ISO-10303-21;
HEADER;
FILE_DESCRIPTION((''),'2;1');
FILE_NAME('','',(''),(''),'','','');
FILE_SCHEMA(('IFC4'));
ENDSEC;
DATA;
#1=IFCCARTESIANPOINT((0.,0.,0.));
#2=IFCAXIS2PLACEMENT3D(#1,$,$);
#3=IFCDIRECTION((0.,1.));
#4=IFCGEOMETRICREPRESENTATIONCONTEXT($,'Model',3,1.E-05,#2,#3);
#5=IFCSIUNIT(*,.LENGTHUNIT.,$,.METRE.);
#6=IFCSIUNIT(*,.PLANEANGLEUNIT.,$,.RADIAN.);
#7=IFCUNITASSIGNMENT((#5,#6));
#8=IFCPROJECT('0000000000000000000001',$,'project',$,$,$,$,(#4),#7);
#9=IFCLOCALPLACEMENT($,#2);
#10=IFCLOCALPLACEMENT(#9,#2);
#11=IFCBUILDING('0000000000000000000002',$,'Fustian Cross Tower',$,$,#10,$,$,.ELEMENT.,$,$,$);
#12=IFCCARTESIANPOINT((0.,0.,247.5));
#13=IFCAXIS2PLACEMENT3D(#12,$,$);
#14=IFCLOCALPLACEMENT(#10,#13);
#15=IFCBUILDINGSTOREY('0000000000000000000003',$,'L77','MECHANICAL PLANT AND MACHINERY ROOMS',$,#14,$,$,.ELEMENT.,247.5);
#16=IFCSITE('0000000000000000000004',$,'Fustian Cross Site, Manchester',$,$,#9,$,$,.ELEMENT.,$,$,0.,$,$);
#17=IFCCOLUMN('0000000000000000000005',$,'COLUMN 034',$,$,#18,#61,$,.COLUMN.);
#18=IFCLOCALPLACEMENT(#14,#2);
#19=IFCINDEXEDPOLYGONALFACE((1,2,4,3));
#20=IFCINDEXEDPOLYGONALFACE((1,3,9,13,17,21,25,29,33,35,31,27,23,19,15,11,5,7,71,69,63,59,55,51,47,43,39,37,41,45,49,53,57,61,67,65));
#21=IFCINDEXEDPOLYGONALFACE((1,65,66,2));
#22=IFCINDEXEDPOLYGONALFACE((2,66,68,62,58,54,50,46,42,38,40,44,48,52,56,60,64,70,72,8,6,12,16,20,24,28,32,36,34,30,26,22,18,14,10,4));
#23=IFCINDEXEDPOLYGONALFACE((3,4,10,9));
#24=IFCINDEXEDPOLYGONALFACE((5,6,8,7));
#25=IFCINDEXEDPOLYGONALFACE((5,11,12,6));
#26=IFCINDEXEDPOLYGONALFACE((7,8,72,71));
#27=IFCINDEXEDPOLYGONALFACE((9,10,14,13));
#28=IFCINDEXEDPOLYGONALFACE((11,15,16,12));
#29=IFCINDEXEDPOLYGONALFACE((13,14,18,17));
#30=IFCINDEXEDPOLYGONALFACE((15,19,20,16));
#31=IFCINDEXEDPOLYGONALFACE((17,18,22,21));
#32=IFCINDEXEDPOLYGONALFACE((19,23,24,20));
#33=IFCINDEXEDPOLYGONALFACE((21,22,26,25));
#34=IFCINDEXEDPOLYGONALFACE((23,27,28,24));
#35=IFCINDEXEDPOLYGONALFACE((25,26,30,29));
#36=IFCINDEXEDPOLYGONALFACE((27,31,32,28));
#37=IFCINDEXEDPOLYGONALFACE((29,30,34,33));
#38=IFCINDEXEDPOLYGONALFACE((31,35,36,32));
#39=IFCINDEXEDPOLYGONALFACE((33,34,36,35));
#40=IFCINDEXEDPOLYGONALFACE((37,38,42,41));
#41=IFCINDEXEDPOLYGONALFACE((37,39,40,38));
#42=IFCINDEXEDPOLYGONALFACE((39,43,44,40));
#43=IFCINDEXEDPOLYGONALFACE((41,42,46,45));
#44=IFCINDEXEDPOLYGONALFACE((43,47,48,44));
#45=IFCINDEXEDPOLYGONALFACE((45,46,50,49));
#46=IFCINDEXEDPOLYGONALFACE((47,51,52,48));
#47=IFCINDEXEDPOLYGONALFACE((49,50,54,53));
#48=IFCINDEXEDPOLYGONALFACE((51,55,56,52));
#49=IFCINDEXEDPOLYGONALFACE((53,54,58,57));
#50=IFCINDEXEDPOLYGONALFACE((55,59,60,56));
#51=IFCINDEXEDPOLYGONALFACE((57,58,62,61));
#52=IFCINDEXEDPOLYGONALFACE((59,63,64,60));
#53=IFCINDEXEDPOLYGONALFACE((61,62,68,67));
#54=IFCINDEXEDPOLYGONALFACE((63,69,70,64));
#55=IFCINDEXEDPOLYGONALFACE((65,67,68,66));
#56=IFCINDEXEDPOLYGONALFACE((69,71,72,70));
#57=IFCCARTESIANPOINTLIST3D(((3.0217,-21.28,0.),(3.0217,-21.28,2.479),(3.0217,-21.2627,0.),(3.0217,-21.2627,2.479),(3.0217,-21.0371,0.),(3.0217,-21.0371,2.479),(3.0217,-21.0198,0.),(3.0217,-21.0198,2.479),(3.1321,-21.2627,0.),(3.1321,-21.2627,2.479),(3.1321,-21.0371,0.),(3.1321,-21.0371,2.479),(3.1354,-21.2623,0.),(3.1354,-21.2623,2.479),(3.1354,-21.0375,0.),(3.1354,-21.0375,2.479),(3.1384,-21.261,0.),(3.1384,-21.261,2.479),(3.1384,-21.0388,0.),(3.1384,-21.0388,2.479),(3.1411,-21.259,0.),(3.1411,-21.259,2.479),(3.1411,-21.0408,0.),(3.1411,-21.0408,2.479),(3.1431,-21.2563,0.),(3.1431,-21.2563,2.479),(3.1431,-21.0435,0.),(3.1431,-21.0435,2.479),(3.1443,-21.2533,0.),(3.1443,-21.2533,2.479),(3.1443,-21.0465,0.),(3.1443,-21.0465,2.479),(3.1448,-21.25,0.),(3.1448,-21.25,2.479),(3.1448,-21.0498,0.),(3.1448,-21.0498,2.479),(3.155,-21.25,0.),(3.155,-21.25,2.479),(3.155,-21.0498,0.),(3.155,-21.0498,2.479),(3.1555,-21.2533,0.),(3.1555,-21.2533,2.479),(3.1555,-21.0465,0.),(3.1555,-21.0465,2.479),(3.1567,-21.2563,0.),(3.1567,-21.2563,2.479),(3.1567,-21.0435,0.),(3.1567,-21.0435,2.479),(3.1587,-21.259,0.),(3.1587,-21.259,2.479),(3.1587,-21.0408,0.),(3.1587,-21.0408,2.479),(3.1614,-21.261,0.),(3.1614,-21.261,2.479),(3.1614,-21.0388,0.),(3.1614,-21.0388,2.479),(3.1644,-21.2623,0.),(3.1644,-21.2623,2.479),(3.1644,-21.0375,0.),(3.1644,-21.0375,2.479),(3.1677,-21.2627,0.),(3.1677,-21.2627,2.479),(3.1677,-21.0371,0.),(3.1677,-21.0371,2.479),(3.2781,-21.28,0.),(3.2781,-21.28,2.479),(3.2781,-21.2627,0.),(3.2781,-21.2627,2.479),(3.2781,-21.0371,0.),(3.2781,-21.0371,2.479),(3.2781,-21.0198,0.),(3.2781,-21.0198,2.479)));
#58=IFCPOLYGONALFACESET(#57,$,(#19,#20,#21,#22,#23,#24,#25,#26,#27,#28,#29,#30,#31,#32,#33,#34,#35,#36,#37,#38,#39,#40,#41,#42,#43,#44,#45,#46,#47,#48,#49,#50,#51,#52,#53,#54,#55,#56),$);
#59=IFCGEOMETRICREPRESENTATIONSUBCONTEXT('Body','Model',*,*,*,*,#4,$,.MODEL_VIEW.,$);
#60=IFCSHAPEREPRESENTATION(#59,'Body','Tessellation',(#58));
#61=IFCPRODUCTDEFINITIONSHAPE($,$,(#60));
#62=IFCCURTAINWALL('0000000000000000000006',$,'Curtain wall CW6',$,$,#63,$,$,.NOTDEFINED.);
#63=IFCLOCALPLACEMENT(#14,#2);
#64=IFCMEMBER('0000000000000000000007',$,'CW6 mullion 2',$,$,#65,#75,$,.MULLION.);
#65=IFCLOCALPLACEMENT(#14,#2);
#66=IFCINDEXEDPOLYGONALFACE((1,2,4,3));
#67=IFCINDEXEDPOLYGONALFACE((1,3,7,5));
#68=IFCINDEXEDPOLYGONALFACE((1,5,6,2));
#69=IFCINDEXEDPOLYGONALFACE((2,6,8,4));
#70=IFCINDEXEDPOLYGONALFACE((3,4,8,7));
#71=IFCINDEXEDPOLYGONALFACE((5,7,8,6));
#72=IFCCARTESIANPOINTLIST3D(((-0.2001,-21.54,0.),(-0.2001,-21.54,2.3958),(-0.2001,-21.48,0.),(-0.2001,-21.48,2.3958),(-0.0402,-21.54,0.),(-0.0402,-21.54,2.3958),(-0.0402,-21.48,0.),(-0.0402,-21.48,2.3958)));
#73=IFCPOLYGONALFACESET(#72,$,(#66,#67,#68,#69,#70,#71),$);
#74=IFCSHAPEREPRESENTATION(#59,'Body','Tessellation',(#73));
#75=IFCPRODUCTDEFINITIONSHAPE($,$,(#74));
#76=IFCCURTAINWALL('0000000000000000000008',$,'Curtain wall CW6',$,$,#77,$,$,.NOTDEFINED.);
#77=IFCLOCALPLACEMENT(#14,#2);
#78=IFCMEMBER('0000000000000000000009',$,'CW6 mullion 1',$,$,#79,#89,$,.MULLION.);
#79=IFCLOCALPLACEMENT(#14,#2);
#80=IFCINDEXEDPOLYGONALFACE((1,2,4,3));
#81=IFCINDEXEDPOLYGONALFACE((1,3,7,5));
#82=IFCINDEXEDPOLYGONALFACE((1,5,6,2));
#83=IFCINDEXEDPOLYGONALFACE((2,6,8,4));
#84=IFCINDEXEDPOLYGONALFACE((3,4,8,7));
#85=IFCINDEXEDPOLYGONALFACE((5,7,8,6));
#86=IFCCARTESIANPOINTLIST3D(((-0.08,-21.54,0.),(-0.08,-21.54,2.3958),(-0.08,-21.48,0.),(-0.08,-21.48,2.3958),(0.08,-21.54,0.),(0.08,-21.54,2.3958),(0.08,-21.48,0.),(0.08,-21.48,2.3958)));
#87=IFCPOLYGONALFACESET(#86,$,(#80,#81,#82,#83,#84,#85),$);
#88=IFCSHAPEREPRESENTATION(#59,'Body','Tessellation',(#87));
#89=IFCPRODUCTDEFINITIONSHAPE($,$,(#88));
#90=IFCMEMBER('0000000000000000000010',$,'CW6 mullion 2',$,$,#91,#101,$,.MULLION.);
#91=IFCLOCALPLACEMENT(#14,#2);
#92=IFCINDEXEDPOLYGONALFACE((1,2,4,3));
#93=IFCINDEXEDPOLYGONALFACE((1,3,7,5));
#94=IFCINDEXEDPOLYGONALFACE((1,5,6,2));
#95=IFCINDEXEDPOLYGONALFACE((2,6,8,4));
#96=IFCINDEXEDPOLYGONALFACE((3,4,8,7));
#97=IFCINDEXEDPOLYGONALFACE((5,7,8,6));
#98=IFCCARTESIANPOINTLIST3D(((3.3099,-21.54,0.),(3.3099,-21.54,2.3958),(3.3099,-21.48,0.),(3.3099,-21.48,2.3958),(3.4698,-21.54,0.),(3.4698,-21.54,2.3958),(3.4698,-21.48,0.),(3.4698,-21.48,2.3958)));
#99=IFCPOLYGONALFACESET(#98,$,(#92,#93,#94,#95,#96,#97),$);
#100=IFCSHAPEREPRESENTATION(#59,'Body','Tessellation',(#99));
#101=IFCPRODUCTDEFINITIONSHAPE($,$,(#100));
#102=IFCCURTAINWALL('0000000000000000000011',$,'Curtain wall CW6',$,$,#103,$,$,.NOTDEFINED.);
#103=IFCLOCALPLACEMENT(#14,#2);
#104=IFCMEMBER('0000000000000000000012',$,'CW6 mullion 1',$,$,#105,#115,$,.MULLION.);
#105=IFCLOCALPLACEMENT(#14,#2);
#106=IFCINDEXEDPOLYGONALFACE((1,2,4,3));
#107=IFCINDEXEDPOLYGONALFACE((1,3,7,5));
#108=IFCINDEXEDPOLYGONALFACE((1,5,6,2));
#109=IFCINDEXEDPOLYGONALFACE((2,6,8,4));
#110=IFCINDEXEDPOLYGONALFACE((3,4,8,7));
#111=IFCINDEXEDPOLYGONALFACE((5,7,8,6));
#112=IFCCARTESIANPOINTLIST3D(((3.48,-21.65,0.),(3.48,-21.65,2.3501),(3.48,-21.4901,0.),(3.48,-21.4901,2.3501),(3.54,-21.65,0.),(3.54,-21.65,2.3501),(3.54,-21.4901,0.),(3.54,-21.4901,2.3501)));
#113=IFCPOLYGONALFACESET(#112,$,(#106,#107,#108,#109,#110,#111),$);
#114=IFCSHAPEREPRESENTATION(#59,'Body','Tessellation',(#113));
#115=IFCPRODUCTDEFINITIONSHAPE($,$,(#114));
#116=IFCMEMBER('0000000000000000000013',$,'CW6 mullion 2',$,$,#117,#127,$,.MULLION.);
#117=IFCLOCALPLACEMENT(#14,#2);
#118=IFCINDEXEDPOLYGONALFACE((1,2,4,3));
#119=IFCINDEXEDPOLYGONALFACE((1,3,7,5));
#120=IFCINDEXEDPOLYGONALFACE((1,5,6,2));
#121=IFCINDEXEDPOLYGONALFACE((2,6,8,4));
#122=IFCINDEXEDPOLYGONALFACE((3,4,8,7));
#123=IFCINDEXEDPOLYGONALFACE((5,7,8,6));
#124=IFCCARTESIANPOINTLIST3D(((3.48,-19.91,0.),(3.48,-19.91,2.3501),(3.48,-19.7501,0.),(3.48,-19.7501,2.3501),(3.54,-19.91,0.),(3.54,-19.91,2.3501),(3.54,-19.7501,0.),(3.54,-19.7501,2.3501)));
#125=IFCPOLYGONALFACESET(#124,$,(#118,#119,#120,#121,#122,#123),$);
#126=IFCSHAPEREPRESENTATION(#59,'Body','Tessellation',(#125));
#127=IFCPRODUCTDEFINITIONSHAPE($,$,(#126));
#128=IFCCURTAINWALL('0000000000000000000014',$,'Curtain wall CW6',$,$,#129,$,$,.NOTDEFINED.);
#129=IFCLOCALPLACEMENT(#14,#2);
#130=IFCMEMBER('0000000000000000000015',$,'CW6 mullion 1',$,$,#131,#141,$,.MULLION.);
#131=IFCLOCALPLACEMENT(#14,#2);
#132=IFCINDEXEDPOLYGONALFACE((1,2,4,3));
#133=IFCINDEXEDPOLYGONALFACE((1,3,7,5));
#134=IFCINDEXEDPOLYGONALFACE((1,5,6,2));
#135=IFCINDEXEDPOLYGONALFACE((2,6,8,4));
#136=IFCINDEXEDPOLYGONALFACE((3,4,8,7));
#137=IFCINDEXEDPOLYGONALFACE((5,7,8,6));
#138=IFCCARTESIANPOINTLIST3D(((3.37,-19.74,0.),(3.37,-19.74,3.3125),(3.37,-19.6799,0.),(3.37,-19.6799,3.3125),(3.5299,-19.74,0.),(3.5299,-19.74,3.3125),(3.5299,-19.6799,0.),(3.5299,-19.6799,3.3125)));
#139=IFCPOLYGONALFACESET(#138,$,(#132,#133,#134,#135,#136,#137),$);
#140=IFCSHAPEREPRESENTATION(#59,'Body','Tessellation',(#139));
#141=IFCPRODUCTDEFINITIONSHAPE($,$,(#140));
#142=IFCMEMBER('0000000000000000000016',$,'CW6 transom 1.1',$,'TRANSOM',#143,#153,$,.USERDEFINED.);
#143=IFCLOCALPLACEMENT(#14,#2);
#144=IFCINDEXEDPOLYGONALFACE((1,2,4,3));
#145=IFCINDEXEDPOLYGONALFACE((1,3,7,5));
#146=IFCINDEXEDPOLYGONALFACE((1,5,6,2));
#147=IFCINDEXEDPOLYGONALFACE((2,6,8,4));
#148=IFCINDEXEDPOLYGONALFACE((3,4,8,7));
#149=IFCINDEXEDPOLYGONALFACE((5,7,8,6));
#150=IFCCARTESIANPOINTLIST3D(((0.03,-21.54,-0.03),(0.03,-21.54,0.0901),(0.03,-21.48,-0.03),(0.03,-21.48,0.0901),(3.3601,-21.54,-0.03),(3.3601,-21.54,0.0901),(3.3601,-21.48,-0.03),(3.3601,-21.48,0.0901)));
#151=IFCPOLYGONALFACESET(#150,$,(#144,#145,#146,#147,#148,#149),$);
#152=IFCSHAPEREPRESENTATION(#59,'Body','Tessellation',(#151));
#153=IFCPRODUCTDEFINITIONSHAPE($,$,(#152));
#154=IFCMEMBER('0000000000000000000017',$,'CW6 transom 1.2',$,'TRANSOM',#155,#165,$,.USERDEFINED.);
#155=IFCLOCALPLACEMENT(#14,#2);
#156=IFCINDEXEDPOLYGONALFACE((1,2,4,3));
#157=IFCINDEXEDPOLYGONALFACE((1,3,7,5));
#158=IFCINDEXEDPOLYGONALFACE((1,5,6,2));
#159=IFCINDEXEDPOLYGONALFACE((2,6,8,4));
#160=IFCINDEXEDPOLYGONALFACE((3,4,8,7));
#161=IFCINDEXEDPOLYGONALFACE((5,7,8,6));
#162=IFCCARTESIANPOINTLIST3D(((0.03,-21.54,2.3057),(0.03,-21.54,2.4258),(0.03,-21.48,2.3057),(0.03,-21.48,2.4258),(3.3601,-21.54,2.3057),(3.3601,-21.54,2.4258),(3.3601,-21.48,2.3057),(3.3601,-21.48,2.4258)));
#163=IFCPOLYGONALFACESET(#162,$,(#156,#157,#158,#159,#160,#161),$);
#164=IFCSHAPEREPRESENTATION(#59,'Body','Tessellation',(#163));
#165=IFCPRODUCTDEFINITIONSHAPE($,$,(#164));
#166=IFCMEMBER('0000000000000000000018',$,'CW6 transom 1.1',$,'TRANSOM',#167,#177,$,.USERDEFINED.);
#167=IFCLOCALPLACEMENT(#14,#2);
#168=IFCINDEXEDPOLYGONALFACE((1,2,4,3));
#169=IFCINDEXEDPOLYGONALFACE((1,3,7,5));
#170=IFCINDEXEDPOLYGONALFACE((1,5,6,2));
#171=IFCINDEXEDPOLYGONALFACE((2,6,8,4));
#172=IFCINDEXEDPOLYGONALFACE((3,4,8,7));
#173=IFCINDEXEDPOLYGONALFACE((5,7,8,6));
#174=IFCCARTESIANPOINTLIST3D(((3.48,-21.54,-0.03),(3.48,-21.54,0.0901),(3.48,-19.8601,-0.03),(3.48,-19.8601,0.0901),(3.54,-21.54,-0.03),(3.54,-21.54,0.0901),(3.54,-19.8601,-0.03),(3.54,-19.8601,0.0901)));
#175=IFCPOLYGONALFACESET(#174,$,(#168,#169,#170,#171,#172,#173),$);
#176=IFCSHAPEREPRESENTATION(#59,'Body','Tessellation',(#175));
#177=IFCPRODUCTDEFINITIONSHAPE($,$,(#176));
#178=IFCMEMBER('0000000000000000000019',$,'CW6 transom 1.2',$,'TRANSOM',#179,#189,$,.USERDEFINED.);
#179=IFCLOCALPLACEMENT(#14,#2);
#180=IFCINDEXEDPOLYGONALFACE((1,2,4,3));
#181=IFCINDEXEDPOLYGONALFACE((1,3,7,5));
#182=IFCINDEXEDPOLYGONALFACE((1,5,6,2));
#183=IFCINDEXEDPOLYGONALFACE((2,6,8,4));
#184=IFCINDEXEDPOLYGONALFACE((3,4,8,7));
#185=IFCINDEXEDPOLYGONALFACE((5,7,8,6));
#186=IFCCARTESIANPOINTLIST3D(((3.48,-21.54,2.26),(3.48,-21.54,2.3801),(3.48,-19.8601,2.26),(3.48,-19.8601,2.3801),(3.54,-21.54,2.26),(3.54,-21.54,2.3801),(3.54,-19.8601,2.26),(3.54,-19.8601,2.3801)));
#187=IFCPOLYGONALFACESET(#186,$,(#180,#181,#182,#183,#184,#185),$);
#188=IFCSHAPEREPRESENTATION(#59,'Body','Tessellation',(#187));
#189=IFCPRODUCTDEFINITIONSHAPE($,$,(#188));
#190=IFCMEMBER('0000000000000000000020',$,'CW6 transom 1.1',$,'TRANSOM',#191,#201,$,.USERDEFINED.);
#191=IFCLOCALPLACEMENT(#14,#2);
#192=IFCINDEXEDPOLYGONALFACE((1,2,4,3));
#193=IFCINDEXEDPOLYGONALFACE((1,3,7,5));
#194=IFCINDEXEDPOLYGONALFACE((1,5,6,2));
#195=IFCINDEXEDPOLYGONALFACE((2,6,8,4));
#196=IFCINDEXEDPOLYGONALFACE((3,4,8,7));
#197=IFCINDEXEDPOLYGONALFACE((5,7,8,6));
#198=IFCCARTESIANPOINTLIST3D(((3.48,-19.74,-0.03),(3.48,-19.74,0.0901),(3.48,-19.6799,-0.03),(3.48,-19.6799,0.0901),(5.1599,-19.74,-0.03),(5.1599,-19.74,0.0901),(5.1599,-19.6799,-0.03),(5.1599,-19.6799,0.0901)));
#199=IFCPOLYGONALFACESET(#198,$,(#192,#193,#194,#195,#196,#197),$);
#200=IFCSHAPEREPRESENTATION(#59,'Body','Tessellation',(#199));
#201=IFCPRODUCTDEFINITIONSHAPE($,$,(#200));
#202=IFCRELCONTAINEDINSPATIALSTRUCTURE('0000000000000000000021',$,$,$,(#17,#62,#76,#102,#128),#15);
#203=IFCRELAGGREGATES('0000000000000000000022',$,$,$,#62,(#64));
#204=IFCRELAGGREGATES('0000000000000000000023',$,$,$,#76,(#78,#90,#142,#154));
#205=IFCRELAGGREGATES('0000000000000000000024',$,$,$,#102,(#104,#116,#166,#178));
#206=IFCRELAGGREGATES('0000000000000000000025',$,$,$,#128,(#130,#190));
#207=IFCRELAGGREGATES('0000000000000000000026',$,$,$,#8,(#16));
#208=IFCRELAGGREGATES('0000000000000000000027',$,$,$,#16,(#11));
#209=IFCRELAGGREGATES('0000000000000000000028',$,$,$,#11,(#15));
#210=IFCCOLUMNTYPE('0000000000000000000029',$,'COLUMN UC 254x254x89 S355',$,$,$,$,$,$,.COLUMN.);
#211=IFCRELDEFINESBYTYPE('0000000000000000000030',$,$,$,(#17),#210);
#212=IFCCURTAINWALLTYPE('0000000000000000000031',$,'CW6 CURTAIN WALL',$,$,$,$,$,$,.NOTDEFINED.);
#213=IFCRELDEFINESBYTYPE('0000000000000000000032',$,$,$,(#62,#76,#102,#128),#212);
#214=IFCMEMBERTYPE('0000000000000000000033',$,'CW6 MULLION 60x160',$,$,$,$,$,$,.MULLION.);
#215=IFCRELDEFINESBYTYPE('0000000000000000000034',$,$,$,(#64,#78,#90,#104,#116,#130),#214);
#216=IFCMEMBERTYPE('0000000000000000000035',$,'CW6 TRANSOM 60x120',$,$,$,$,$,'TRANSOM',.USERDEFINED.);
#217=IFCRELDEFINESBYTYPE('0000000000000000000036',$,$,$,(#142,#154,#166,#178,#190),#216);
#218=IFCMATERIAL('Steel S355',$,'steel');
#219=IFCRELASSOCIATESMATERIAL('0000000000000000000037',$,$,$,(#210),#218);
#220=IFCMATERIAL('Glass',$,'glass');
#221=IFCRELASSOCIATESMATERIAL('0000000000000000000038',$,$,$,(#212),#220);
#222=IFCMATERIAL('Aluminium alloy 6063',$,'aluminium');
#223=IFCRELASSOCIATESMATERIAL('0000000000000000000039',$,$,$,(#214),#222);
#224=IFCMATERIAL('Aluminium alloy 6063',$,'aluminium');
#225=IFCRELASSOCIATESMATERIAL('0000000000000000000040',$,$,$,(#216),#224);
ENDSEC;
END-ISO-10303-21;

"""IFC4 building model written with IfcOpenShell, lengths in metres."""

from ifc_helpers import new_model, si_unit, direction, frame, origin, origin_2d, place, context, subcontext, project, spatial, rectangle, i_section, extrude, material, material_profile, profile_set, type_object, element, aggregate, save


model = new_model("IFC4")

# Units and contexts
model_context = context("Model", 3, precision=1e-05, world=origin(), true_north=direction((0.0, 1.0)))
body_context = subcontext(model_context, "Body", "Model", "MODEL_VIEW")
ifc_project = project(units=[si_unit("LENGTHUNIT", "METRE"), si_unit("PLANEANGLEUNIT", "RADIAN")], contexts=[model_context])

# Site, building, storey
site_placement = place(None, origin())
site = spatial("IfcSite", under=ifc_project, at=site_placement, Name="Fustian Cross Site, Manchester", CompositionType="ELEMENT", RefElevation=0.0)
building_placement = place(site_placement, origin())
building = spatial("IfcBuilding", under=site, at=building_placement, Name="Fustian Cross Tower", CompositionType="ELEMENT")
storey_placement = place(building_placement, frame((0.0, 0.0, 247.5)))
storey = spatial("IfcBuildingStorey", under=building, at=storey_placement, Name="L77", Description="MECHANICAL PLANT AND MACHINERY ROOMS", CompositionType="ELEMENT", Elevation=247.5)

# Column
ifc_material_1 = material(Name="Steel S355", Category="steel")
ifc_material_profile_1 = material_profile(ifc_material_1, i_section(OverallWidth=0.2563, OverallDepth=0.2603, WebThickness=0.0103, FlangeThickness=0.0173, FilletRadius=0.0127, at=origin_2d()), Name="UC 254x254x89")
ifc_profile_set_1 = profile_set([ifc_material_profile_1], Name="Steel S355")
column_type = type_object("IfcColumnType", Name="COLUMN UC 254x254x89 S355", PredefinedType="COLUMN", material=ifc_profile_set_1)
column_placement = place(storey_placement, frame((3.1499, -21.1499, 0.0), z_axis=(0.0, 0.0, 1.0), x_axis=(1.0, 0.0, 0.0)))
element("IfcColumn", 1, at=column_placement, inside=storey, type_object=column_type, Name="COLUMN 034", PredefinedType="COLUMN", context=body_context, shape_type="SweptSolid", body=[
    extrude(i_section(OverallWidth=0.2563, OverallDepth=0.2603, WebThickness=0.0103, FlangeThickness=0.0173, FilletRadius=0.0127, at=origin_2d()), origin(), (0.0, 0.0, 1.0), 2.479),
])

# Curtain wall, member
ifc_material_2 = material(Name="Glass", Category="glass")
curtain_wall_type = type_object("IfcCurtainWallType", Name="CW6 CURTAIN WALL", PredefinedType="NOTDEFINED", material=ifc_material_2)
curtain_wall_1_placement = place(storey_placement, origin())
curtain_wall_1 = element("IfcCurtainWall", 2, at=curtain_wall_1_placement, inside=storey, type_object=curtain_wall_type, Name="Curtain wall CW6", PredefinedType="NOTDEFINED")
ifc_material_3 = material(Name="Aluminium alloy 6063", Category="aluminium")
ifc_material_profile_2 = material_profile(ifc_material_3, rectangle(XDim=0.0601, YDim=0.1599, at=origin_2d()), Name="CW6 MULLION 60x160")
ifc_profile_set_2 = profile_set([ifc_material_profile_2], Name="Aluminium alloy 6063")
member_type_1 = type_object("IfcMemberType", Name="CW6 MULLION 60x160", PredefinedType="MULLION", material=ifc_profile_set_2)
member_1_placement = place(storey_placement, frame((-0.1201, -21.51, 0.0), z_axis=(0.0, 0.0, 1.0), x_axis=(0.0, 1.0, 0.0)))
member_1 = element("IfcMember", 3, at=member_1_placement, type_object=member_type_1, Name="CW6 mullion 2", PredefinedType="MULLION", context=body_context, shape_type="SweptSolid", body=[
    extrude(rectangle(XDim=0.0601, YDim=0.1599, at=origin_2d()), origin(), (0.0, 0.0, 1.0), 2.3958),
])
aggregate(curtain_wall_1, [member_1])

# Curtain walls, members
curtain_wall_2_placement = place(storey_placement, origin())
curtain_wall_2 = element("IfcCurtainWall", 4, at=curtain_wall_2_placement, inside=storey, type_object=curtain_wall_type, Name="Curtain wall CW6", PredefinedType="NOTDEFINED")
member_2_placement = place(storey_placement, frame((0.0, -21.51, 0.0), z_axis=(0.0, 0.0, 1.0), x_axis=(0.0, 1.0, 0.0)))
member_2 = element("IfcMember", 5, at=member_2_placement, type_object=member_type_1, Name="CW6 mullion 1", PredefinedType="MULLION", context=body_context, shape_type="SweptSolid", body=[
    extrude(rectangle(XDim=0.0601, YDim=0.1599, at=origin_2d()), origin(), (0.0, 0.0, 1.0), 2.3958),
])
member_3_placement = place(storey_placement, frame((3.3899, -21.51, 0.0), z_axis=(0.0, 0.0, 1.0), x_axis=(0.0, 1.0, 0.0)))
member_3 = element("IfcMember", 6, at=member_3_placement, type_object=member_type_1, Name="CW6 mullion 2", PredefinedType="MULLION", context=body_context, shape_type="SweptSolid", body=[
    extrude(rectangle(XDim=0.0601, YDim=0.1599, at=origin_2d()), origin(), (0.0, 0.0, 1.0), 2.3958),
])
curtain_wall_3_placement = place(storey_placement, origin())
curtain_wall_3 = element("IfcCurtainWall", 7, at=curtain_wall_3_placement, inside=storey, type_object=curtain_wall_type, Name="Curtain wall CW6", PredefinedType="NOTDEFINED")
member_4_placement = place(storey_placement, frame((3.51, -21.5701, 0.0), z_axis=(0.0, 0.0, 1.0), x_axis=(-1.0, 0.0, 0.0)))
member_4 = element("IfcMember", 8, at=member_4_placement, type_object=member_type_1, Name="CW6 mullion 1", PredefinedType="MULLION", context=body_context, shape_type="SweptSolid", body=[
    extrude(rectangle(XDim=0.0601, YDim=0.1599, at=origin_2d()), origin(), (0.0, 0.0, 1.0), 2.3501),
])
member_5_placement = place(storey_placement, frame((3.51, -19.8301, 0.0), z_axis=(0.0, 0.0, 1.0), x_axis=(-1.0, 0.0, 0.0)))
member_5 = element("IfcMember", 9, at=member_5_placement, type_object=member_type_1, Name="CW6 mullion 2", PredefinedType="MULLION", context=body_context, shape_type="SweptSolid", body=[
    extrude(rectangle(XDim=0.0601, YDim=0.1599, at=origin_2d()), origin(), (0.0, 0.0, 1.0), 2.3501),
])

# Curtain wall, member
curtain_wall_4_placement = place(storey_placement, origin())
curtain_wall_4 = element("IfcCurtainWall", 10, at=curtain_wall_4_placement, inside=storey, type_object=curtain_wall_type, Name="Curtain wall CW6", PredefinedType="NOTDEFINED")
member_6_placement = place(storey_placement, frame((3.45, -19.71, 0.0), z_axis=(0.0, 0.0, 1.0), x_axis=(0.0, 1.0, 0.0)))
member_6 = element("IfcMember", 11, at=member_6_placement, type_object=member_type_1, Name="CW6 mullion 1", PredefinedType="MULLION", context=body_context, shape_type="SweptSolid", body=[
    extrude(rectangle(XDim=0.0601, YDim=0.1599, at=origin_2d()), origin(), (0.0, 0.0, 1.0), 3.3125),
])

# Members
ifc_material_4 = material(Name="Aluminium alloy 6063", Category="aluminium")
ifc_material_profile_3 = material_profile(ifc_material_4, rectangle(XDim=0.0601, YDim=0.1201, at=origin_2d()), Name="CW6 TRANSOM 60x120")
ifc_profile_set_3 = profile_set([ifc_material_profile_3], Name="Aluminium alloy 6063")
member_type_2 = type_object("IfcMemberType", Name="CW6 TRANSOM 60x120", ElementType="TRANSOM", PredefinedType="USERDEFINED", material=ifc_profile_set_3)
member_7_placement = place(storey_placement, frame((0.03, -21.51, 0.03), z_axis=(1.0, 0.0, 0.0), x_axis=(0.0, 1.0, 0.0)))
member_7 = element("IfcMember", 12, at=member_7_placement, type_object=member_type_2, Name="CW6 transom 1.1", ObjectType="TRANSOM", PredefinedType="USERDEFINED", context=body_context, shape_type="SweptSolid", body=[
    extrude(rectangle(XDim=0.0601, YDim=0.1201, at=origin_2d()), origin(), (0.0, 0.0, 1.0), 3.3301),
])
member_8_placement = place(storey_placement, frame((0.03, -21.51, 2.3657), z_axis=(1.0, 0.0, 0.0), x_axis=(0.0, 1.0, 0.0)))
member_8 = element("IfcMember", 13, at=member_8_placement, type_object=member_type_2, Name="CW6 transom 1.2", ObjectType="TRANSOM", PredefinedType="USERDEFINED", context=body_context, shape_type="SweptSolid", body=[
    extrude(rectangle(XDim=0.0601, YDim=0.1201, at=origin_2d()), origin(), (0.0, 0.0, 1.0), 3.3301),
])
member_9_placement = place(storey_placement, frame((3.51, -21.54, 0.03), z_axis=(0.0, 1.0, 0.0), x_axis=(-1.0, 0.0, 0.0)))
member_9 = element("IfcMember", 14, at=member_9_placement, type_object=member_type_2, Name="CW6 transom 1.1", ObjectType="TRANSOM", PredefinedType="USERDEFINED", context=body_context, shape_type="SweptSolid", body=[
    extrude(rectangle(XDim=0.0601, YDim=0.1201, at=origin_2d()), origin(), (0.0, 0.0, 1.0), 1.6799),
])
member_10_placement = place(storey_placement, frame((3.51, -21.54, 2.3201), z_axis=(0.0, 1.0, 0.0), x_axis=(-1.0, 0.0, 0.0)))
member_10 = element("IfcMember", 15, at=member_10_placement, type_object=member_type_2, Name="CW6 transom 1.2", ObjectType="TRANSOM", PredefinedType="USERDEFINED", context=body_context, shape_type="SweptSolid", body=[
    extrude(rectangle(XDim=0.0601, YDim=0.1201, at=origin_2d()), origin(), (0.0, 0.0, 1.0), 1.6799),
])
member_11_placement = place(storey_placement, frame((3.48, -19.71, 0.03), z_axis=(1.0, 0.0, 0.0), x_axis=(0.0, 1.0, 0.0)))
member_11 = element("IfcMember", 16, at=member_11_placement, type_object=member_type_2, Name="CW6 transom 1.1", ObjectType="TRANSOM", PredefinedType="USERDEFINED", context=body_context, shape_type="SweptSolid", body=[
    extrude(rectangle(XDim=0.0601, YDim=0.1201, at=origin_2d()), origin(), (0.0, 0.0, 1.0), 1.6799),
])

aggregate(curtain_wall_2, [member_2, member_3, member_7, member_8])
aggregate(curtain_wall_3, [member_4, member_5, member_9, member_10])
aggregate(curtain_wall_4, [member_6, member_11])

save(model, "model.ifc")
